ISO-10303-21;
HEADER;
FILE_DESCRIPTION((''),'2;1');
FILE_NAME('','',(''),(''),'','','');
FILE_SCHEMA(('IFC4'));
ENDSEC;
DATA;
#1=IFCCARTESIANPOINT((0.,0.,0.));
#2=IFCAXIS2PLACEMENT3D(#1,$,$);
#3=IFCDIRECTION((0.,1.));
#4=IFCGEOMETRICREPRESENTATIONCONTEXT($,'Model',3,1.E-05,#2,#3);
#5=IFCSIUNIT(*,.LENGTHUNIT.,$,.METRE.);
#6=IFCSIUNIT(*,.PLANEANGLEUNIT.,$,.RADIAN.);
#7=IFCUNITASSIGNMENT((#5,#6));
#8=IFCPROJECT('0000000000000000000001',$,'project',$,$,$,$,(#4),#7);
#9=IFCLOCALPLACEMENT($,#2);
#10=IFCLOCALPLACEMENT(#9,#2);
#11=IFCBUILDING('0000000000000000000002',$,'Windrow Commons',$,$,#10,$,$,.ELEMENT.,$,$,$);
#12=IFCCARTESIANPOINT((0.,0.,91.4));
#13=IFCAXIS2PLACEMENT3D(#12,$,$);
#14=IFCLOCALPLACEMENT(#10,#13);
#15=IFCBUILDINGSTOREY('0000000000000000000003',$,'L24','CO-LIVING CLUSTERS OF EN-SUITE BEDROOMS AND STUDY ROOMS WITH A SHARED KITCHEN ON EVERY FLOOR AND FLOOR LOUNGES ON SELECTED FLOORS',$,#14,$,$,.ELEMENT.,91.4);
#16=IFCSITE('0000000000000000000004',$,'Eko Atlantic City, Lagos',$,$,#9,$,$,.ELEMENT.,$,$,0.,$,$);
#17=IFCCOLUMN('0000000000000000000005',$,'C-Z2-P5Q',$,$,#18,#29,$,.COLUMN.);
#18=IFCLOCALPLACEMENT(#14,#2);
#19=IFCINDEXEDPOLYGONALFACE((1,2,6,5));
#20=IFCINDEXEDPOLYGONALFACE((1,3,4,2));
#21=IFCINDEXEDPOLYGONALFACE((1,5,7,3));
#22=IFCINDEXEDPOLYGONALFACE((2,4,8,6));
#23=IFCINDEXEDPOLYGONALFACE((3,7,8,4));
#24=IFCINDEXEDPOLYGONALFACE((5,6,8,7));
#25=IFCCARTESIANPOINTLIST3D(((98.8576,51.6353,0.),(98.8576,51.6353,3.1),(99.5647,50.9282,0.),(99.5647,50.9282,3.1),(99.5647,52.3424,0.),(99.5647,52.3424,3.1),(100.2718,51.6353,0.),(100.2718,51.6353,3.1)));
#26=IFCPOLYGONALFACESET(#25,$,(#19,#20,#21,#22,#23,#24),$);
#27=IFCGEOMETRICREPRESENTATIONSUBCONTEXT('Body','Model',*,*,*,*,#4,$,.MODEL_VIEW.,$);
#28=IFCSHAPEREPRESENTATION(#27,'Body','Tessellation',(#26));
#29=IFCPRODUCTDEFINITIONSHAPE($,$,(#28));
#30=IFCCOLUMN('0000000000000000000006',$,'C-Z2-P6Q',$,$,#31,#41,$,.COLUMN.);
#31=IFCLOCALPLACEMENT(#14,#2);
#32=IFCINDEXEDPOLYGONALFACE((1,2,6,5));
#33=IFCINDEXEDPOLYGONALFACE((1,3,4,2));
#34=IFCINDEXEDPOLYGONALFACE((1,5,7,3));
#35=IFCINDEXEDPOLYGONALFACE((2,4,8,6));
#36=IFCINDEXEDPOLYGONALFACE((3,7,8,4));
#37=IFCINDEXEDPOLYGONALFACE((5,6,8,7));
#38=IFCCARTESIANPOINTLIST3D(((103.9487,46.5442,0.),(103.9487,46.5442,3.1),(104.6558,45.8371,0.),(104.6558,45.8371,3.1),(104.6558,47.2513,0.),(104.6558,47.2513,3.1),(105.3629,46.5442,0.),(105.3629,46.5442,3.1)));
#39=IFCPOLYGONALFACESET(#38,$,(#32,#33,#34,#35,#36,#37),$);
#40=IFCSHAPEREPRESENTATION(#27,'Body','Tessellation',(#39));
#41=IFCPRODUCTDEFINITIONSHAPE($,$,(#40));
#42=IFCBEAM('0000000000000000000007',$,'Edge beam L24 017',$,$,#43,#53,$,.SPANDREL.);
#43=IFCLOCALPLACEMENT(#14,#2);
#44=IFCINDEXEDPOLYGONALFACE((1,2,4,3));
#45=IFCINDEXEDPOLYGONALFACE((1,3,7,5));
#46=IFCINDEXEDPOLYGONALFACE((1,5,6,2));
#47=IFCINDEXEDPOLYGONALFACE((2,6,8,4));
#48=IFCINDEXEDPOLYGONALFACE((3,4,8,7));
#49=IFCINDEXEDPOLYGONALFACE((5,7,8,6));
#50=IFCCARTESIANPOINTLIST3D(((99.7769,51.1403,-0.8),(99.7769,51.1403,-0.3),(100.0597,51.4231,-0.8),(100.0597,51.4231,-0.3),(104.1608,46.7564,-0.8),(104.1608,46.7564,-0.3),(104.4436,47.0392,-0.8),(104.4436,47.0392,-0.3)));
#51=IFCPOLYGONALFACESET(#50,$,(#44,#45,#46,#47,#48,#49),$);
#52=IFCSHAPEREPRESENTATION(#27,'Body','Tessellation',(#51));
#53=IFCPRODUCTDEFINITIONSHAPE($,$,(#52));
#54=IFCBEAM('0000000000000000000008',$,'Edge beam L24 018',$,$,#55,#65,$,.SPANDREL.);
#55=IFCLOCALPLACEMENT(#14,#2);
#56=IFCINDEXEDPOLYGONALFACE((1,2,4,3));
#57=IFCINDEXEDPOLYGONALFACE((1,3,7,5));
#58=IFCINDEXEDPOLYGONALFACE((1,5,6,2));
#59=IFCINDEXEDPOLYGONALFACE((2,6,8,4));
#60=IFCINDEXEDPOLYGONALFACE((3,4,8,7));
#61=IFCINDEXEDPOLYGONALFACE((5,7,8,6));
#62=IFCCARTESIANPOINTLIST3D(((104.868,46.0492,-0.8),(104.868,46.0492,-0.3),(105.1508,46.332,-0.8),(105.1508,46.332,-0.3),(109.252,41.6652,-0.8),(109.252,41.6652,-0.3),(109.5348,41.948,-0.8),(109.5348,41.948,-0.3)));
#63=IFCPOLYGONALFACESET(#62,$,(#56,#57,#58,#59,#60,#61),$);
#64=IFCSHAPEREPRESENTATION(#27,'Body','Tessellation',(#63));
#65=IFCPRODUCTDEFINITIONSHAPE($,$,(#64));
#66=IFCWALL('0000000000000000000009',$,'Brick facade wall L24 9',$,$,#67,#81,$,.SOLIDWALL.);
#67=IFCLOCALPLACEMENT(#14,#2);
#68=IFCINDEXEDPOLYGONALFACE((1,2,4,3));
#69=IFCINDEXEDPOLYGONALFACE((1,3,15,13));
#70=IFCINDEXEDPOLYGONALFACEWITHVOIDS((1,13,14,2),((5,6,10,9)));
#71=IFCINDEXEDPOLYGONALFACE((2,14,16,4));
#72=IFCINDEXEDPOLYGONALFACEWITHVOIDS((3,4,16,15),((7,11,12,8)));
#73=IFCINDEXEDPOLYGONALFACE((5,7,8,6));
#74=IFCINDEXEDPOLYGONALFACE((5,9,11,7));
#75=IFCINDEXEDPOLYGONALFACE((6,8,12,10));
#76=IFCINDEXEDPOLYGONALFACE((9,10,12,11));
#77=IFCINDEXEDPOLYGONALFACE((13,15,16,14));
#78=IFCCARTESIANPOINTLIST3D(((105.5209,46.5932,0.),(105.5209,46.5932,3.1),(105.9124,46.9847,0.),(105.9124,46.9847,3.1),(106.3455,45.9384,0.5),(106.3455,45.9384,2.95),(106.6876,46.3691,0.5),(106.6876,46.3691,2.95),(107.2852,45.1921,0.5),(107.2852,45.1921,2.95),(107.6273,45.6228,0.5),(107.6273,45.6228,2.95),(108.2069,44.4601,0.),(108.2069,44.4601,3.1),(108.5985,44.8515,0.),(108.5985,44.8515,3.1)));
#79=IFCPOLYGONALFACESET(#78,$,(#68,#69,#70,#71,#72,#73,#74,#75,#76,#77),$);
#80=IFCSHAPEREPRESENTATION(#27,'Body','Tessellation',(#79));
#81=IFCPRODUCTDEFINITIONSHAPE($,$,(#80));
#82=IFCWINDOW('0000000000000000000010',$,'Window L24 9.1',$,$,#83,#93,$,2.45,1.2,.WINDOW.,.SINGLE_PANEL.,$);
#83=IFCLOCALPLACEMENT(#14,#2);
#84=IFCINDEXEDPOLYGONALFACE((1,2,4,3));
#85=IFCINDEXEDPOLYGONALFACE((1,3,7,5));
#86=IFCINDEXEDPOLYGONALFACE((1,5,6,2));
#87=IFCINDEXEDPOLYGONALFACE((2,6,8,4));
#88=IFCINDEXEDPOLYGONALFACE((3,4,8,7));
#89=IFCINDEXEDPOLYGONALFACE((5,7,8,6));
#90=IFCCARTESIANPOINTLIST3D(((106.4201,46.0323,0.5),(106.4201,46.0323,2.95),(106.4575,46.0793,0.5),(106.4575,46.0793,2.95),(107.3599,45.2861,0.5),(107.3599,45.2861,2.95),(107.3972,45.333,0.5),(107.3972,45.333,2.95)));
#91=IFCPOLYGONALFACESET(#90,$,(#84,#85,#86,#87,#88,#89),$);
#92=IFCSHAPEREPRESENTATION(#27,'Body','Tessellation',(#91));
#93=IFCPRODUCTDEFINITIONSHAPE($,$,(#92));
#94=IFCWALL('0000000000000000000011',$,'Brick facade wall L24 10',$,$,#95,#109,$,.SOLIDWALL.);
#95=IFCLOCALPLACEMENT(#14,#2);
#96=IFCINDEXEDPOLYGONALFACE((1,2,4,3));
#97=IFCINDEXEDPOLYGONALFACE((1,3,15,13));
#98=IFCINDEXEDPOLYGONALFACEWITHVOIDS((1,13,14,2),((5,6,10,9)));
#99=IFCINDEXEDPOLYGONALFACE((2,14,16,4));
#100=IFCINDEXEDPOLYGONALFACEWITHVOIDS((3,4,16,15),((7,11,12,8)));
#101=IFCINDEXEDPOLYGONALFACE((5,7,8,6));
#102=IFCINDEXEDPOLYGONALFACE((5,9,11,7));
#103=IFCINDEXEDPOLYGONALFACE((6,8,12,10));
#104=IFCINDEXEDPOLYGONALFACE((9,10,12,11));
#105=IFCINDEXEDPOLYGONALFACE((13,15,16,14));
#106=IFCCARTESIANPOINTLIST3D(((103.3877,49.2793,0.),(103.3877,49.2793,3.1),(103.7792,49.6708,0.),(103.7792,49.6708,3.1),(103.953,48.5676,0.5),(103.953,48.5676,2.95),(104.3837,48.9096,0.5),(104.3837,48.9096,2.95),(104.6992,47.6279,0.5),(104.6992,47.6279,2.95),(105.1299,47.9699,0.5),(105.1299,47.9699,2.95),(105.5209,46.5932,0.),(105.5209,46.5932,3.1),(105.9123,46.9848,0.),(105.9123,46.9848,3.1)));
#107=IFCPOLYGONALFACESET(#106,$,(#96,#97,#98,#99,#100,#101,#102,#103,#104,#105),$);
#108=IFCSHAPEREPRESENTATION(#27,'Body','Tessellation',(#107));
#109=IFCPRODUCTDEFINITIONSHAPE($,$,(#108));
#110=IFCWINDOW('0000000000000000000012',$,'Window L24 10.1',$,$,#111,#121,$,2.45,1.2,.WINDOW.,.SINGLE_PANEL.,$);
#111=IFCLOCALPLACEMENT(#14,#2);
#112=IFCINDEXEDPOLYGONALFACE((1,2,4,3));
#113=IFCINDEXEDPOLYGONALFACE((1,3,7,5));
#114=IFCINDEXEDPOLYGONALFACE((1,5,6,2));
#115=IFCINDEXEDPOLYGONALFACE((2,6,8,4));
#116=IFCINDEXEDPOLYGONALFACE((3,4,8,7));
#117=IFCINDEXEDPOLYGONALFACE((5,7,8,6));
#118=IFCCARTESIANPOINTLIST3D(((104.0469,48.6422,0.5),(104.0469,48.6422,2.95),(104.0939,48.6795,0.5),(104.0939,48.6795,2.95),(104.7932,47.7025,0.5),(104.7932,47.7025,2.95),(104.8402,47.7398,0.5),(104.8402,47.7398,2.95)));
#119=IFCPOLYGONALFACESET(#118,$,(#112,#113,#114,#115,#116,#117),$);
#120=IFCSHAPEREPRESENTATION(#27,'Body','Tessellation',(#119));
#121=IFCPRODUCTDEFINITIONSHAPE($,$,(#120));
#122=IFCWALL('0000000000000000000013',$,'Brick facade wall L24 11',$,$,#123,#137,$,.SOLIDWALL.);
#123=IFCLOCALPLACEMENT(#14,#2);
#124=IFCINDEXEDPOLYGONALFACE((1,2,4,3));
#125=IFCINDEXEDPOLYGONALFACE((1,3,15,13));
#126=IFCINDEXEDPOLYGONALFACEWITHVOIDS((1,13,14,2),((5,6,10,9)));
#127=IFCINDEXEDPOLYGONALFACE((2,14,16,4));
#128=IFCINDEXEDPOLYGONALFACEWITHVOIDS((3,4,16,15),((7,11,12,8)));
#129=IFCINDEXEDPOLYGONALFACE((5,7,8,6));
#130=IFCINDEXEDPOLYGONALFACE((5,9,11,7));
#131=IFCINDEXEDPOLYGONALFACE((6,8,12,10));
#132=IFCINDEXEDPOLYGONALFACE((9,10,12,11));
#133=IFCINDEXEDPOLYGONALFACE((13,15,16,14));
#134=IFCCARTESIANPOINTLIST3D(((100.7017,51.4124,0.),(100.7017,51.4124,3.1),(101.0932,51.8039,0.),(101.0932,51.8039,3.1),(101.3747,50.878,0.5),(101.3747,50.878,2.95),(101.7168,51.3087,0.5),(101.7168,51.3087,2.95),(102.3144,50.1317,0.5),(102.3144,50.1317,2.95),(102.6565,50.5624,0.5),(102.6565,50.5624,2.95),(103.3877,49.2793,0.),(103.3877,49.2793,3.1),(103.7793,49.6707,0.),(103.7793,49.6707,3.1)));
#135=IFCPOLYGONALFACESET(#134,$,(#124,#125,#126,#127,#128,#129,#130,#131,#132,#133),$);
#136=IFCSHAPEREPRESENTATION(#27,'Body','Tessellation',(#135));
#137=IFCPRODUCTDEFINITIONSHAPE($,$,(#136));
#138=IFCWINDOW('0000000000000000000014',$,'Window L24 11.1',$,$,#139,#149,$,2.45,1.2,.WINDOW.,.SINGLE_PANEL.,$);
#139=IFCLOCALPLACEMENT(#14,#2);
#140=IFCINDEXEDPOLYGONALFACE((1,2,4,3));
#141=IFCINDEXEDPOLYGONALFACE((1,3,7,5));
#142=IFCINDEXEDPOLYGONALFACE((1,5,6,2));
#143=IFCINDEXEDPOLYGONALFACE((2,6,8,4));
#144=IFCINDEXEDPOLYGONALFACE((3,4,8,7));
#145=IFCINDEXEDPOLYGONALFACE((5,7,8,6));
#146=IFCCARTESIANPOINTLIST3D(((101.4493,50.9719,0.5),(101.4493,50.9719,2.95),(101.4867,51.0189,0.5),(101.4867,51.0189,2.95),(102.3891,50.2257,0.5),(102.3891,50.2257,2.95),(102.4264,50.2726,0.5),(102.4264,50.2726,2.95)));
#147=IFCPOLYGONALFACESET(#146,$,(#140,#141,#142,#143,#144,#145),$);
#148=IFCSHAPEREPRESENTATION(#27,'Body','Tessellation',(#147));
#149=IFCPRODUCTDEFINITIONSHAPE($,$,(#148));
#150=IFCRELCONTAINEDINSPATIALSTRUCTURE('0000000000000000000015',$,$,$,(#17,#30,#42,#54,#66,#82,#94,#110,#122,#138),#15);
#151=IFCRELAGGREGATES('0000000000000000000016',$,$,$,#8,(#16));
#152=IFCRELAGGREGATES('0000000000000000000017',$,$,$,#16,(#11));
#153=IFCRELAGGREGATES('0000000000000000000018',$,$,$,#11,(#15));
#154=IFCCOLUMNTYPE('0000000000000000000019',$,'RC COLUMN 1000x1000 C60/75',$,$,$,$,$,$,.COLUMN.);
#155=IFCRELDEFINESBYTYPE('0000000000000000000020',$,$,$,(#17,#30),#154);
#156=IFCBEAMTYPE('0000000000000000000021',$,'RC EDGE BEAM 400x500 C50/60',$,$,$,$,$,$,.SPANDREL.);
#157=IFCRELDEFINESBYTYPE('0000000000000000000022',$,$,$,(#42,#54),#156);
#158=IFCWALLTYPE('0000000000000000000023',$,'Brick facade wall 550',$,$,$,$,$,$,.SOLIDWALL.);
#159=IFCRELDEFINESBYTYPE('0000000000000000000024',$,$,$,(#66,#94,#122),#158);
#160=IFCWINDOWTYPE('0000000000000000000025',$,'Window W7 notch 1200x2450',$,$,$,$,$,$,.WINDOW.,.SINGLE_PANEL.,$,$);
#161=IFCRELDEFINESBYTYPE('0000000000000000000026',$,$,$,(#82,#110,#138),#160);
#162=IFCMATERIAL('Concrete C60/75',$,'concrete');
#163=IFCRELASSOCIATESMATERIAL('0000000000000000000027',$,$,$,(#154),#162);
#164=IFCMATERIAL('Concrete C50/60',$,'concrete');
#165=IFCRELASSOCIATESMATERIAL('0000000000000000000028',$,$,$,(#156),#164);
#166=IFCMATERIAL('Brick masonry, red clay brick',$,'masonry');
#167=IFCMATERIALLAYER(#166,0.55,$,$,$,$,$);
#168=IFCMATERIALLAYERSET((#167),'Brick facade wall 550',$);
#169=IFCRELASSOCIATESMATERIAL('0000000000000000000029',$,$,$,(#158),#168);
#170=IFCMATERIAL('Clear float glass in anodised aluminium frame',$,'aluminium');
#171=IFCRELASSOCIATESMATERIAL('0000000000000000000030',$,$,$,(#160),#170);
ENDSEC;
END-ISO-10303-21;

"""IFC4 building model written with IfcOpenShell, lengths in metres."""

from ifc_helpers import new_model, si_unit, direction, frame, frame_2d, origin, origin_2d, place, context, subcontext, project, spatial, polyline, rectangle, outline, extrude, material, layer, layer_set, material_profile, profile_set, type_object, element, fill, save


model = new_model("IFC4")

# Units and contexts
model_context = context("Model", 3, precision=1e-05, world=origin(), true_north=direction((0.0, 1.0)))
body_context = subcontext(model_context, "Body", "Model", "MODEL_VIEW")
ifc_project = project(units=[si_unit("LENGTHUNIT", "METRE"), si_unit("PLANEANGLEUNIT", "RADIAN")], contexts=[model_context])

# Site, building, storey
site_placement = place(None, origin())
site = spatial("IfcSite", under=ifc_project, at=site_placement, Name="Eko Atlantic City, Lagos", CompositionType="ELEMENT", RefElevation=0.0)
building_placement = place(site_placement, origin())
building = spatial("IfcBuilding", under=site, at=building_placement, Name="Windrow Commons", CompositionType="ELEMENT")
storey_placement = place(building_placement, frame((0.0, 0.0, 91.4)))
storey = spatial("IfcBuildingStorey", under=building, at=storey_placement, Name="L24", Description="CO-LIVING CLUSTERS OF EN-SUITE BEDROOMS AND STUDY ROOMS WITH A SHARED KITCHEN ON EVERY FLOOR AND FLOOR LOUNGES ON SELECTED FLOORS", CompositionType="ELEMENT", Elevation=91.4)

# Columns
ifc_material_1 = material(Name="Concrete C60/75", Category="concrete")
ifc_material_profile_1 = material_profile(ifc_material_1, rectangle(XDim=1.0, YDim=1.0, at=origin_2d()))
ifc_profile_set_1 = profile_set([ifc_material_profile_1], Name="Concrete C60/75")
column_type = type_object("IfcColumnType", Name="RC COLUMN 1000x1000 C60/75", PredefinedType="COLUMN", material=ifc_profile_set_1)
for number, where, z_axis, x_axis, name in (
    (1, (99.5647, 51.6353, 0.0), (0.0, 0.0, 1.0), (0.707107, -0.707107, 0.0), "C-Z2-P5Q"),
    (2, (104.6558, 46.5442, 0.0), (0.0, 0.0, 1.0), (0.707107, -0.707107, 0.0), "C-Z2-P6Q"),
):
    element("IfcColumn", number, at=place(storey_placement, frame(where, z_axis=z_axis, x_axis=x_axis)), inside=storey, type_object=column_type, Name=name, PredefinedType="COLUMN", context=body_context, shape_type="SweptSolid", body=[
        extrude(rectangle(XDim=1.0, YDim=1.0, at=origin_2d()), origin(), (0.0, 0.0, 1.0), 3.1),
    ])

# Beams
ifc_material_2 = material(Name="Concrete C50/60", Category="concrete")
ifc_material_profile_2 = material_profile(ifc_material_2, rectangle(XDim=0.4, YDim=0.5, at=origin_2d()))
ifc_profile_set_2 = profile_set([ifc_material_profile_2], Name="Concrete C50/60")
beam_type = type_object("IfcBeamType", Name="RC EDGE BEAM 400x500 C50/60", PredefinedType="SPANDREL", material=ifc_profile_set_2)
beam_1_placement = place(storey_placement, frame((99.9183, 51.2817, -0.55), z_axis=(0.707107, -0.707107, 0.0), x_axis=(0.707107, 0.707107, 0.0)))
element("IfcBeam", 3, at=beam_1_placement, inside=storey, type_object=beam_type, Name="Edge beam L24 017", PredefinedType="SPANDREL", context=body_context, shape_type="SweptSolid", body=[
    extrude(rectangle(XDim=0.4, YDim=0.5, at=origin_2d()), origin(), (0.0, 0.0, 1.0), 6.1998),
])
beam_2_placement = place(storey_placement, frame((105.0094, 46.1906, -0.55), z_axis=(0.707107, -0.707107, 0.0), x_axis=(0.707107, 0.707107, 0.0)))
element("IfcBeam", 4, at=beam_2_placement, inside=storey, type_object=beam_type, Name="Edge beam L24 018", PredefinedType="SPANDREL", context=body_context, shape_type="SweptSolid", body=[
    extrude(rectangle(XDim=0.4, YDim=0.5, at=origin_2d()), origin(), (0.0, 0.0, 1.0), 6.1999),
])

# Walls, openings, windows
ifc_material_3 = material(Name="Brick masonry, red clay brick", Category="masonry")
ifc_layer_1 = layer(ifc_material_3, 0.55)
ifc_layer_set_1 = layer_set([ifc_layer_1], Name="Brick facade wall 550")
wall_type_1 = type_object("IfcWallType", Name="Brick facade wall 550", PredefinedType="SOLIDWALL", material=ifc_layer_set_1)
wall_1_placement = place(storey_placement, frame((108.4027, 44.6558, 0.0), z_axis=(0.0, 0.0, 1.0), x_axis=(-0.783094, 0.621904, 0.0)))
wall_1 = element("IfcWall", 5, at=wall_1_placement, inside=storey, type_object=wall_type_1, Name="Brick facade wall L24 9", PredefinedType="SOLIDWALL", context=body_context, shape_type="SweptSolid", body=[
    extrude(outline(polyline([(-0.0316, -0.275), (3.3985, -0.275), (3.4616, 0.275), (0.0316, 0.275), (-0.0316, -0.275)])), origin(), (0.0, 0.0, 1.0), 3.1),
])
opening_1_placement = place(wall_1_placement, frame((1.2086, 0.0, 0.5)))
opening_1 = element("IfcOpeningElement", 6, at=opening_1_placement, cuts=wall_1, PredefinedType="OPENING", context=body_context, shape_type="SweptSolid", body=[
    extrude(rectangle(XDim=1.2, YDim=2.45, at=frame_2d((0.6, 1.225))), frame((0.0, 0.285, 0.0), z_axis=(0.0, -1.0, 0.0), x_axis=(1.0, 0.0, 0.0)), (0.0, 0.0, 1.0), 0.57),
])
ifc_material_4 = material(Name="Clear float glass in anodised aluminium frame", Category="aluminium")
window_type = type_object("IfcWindowType", Name="Window W7 notch 1200x2450", PartitioningType="SINGLE_PANEL", PredefinedType="WINDOW", material=ifc_material_4)
window_1_placement = place(opening_1_placement, origin())
window_1 = element("IfcWindow", 7, at=window_1_placement, inside=storey, type_object=window_type, Name="Window L24 9.1", OverallHeight=2.45, OverallWidth=1.2, PartitioningType="SINGLE_PANEL", PredefinedType="WINDOW", context=body_context, shape_type="SweptSolid", body=[
    extrude(rectangle(XDim=1.2, YDim=2.45, at=frame_2d((0.6, 1.225))), frame((0.0, 0.155, 0.0), z_axis=(0.0, -1.0, 0.0), x_axis=(1.0, 0.0, 0.0)), (0.0, 0.0, 1.0), 0.06),
])
fill(opening_1, window_1)
wall_2_placement = place(storey_placement, frame((105.7166, 46.789, 0.0), z_axis=(0.0, 0.0, 1.0), x_axis=(-0.6219, 0.783097, 0.0)))
wall_2 = element("IfcWall", 8, at=wall_2_placement, inside=storey, type_object=wall_type_1, Name="Brick facade wall L24 10", PredefinedType="SOLIDWALL", context=body_context, shape_type="SweptSolid", body=[
    extrude(outline(polyline([(0.0316, -0.275), (3.4616, -0.275), (3.3985, 0.275), (-0.0316, 0.275), (0.0316, -0.275)])), origin(), (0.0, 0.0, 1.0), 3.1),
])
opening_2_placement = place(wall_2_placement, frame((1.2896, 0.0, 0.5)))
opening_2 = element("IfcOpeningElement", 9, at=opening_2_placement, cuts=wall_2, PredefinedType="OPENING", context=body_context, shape_type="SweptSolid", body=[
    extrude(rectangle(XDim=1.2, YDim=2.45, at=frame_2d((0.6, 1.225))), frame((0.0, 0.285, 0.0), z_axis=(0.0, -1.0, 0.0), x_axis=(1.0, 0.0, 0.0)), (0.0, 0.0, 1.0), 0.57),
])
window_2_placement = place(opening_2_placement, origin())
window_2 = element("IfcWindow", 10, at=window_2_placement, inside=storey, type_object=window_type, Name="Window L24 10.1", OverallHeight=2.45, OverallWidth=1.2, PartitioningType="SINGLE_PANEL", PredefinedType="WINDOW", context=body_context, shape_type="SweptSolid", body=[
    extrude(rectangle(XDim=1.2, YDim=2.45, at=frame_2d((0.6, 1.225))), frame((0.0, 0.155, 0.0), z_axis=(0.0, -1.0, 0.0), x_axis=(1.0, 0.0, 0.0)), (0.0, 0.0, 1.0), 0.06),
])
fill(opening_2, window_2)
wall_3_placement = place(storey_placement, frame((103.5835, 49.475, 0.0), z_axis=(0.0, 0.0, 1.0), x_axis=(-0.783094, 0.621904, 0.0)))
wall_3 = element("IfcWall", 11, at=wall_3_placement, inside=storey, type_object=wall_type_1, Name="Brick facade wall L24 11", PredefinedType="SOLIDWALL", context=body_context, shape_type="SweptSolid", body=[
    extrude(outline(polyline([(-0.0316, -0.275), (3.3985, -0.275), (3.4616, 0.275), (0.0316, 0.275), (-0.0316, -0.275)])), origin(), (0.0, 0.0, 1.0), 3.1),
])
opening_3_placement = place(wall_3_placement, frame((1.4022, 0.0, 0.5)))
opening_3 = element("IfcOpeningElement", 12, at=opening_3_placement, cuts=wall_3, PredefinedType="OPENING", context=body_context, shape_type="SweptSolid", body=[
    extrude(rectangle(XDim=1.2, YDim=2.45, at=frame_2d((0.6, 1.225))), frame((0.0, 0.285, 0.0), z_axis=(0.0, -1.0, 0.0), x_axis=(1.0, 0.0, 0.0)), (0.0, 0.0, 1.0), 0.57),
])
window_3_placement = place(opening_3_placement, origin())
window_3 = element("IfcWindow", 13, at=window_3_placement, inside=storey, type_object=window_type, Name="Window L24 11.1", OverallHeight=2.45, OverallWidth=1.2, PartitioningType="SINGLE_PANEL", PredefinedType="WINDOW", context=body_context, shape_type="SweptSolid", body=[
    extrude(rectangle(XDim=1.2, YDim=2.45, at=frame_2d((0.6, 1.225))), frame((0.0, 0.155, 0.0), z_axis=(0.0, -1.0, 0.0), x_axis=(1.0, 0.0, 0.0)), (0.0, 0.0, 1.0), 0.06),
])
fill(opening_3, window_3)

save(model, "model.ifc")
